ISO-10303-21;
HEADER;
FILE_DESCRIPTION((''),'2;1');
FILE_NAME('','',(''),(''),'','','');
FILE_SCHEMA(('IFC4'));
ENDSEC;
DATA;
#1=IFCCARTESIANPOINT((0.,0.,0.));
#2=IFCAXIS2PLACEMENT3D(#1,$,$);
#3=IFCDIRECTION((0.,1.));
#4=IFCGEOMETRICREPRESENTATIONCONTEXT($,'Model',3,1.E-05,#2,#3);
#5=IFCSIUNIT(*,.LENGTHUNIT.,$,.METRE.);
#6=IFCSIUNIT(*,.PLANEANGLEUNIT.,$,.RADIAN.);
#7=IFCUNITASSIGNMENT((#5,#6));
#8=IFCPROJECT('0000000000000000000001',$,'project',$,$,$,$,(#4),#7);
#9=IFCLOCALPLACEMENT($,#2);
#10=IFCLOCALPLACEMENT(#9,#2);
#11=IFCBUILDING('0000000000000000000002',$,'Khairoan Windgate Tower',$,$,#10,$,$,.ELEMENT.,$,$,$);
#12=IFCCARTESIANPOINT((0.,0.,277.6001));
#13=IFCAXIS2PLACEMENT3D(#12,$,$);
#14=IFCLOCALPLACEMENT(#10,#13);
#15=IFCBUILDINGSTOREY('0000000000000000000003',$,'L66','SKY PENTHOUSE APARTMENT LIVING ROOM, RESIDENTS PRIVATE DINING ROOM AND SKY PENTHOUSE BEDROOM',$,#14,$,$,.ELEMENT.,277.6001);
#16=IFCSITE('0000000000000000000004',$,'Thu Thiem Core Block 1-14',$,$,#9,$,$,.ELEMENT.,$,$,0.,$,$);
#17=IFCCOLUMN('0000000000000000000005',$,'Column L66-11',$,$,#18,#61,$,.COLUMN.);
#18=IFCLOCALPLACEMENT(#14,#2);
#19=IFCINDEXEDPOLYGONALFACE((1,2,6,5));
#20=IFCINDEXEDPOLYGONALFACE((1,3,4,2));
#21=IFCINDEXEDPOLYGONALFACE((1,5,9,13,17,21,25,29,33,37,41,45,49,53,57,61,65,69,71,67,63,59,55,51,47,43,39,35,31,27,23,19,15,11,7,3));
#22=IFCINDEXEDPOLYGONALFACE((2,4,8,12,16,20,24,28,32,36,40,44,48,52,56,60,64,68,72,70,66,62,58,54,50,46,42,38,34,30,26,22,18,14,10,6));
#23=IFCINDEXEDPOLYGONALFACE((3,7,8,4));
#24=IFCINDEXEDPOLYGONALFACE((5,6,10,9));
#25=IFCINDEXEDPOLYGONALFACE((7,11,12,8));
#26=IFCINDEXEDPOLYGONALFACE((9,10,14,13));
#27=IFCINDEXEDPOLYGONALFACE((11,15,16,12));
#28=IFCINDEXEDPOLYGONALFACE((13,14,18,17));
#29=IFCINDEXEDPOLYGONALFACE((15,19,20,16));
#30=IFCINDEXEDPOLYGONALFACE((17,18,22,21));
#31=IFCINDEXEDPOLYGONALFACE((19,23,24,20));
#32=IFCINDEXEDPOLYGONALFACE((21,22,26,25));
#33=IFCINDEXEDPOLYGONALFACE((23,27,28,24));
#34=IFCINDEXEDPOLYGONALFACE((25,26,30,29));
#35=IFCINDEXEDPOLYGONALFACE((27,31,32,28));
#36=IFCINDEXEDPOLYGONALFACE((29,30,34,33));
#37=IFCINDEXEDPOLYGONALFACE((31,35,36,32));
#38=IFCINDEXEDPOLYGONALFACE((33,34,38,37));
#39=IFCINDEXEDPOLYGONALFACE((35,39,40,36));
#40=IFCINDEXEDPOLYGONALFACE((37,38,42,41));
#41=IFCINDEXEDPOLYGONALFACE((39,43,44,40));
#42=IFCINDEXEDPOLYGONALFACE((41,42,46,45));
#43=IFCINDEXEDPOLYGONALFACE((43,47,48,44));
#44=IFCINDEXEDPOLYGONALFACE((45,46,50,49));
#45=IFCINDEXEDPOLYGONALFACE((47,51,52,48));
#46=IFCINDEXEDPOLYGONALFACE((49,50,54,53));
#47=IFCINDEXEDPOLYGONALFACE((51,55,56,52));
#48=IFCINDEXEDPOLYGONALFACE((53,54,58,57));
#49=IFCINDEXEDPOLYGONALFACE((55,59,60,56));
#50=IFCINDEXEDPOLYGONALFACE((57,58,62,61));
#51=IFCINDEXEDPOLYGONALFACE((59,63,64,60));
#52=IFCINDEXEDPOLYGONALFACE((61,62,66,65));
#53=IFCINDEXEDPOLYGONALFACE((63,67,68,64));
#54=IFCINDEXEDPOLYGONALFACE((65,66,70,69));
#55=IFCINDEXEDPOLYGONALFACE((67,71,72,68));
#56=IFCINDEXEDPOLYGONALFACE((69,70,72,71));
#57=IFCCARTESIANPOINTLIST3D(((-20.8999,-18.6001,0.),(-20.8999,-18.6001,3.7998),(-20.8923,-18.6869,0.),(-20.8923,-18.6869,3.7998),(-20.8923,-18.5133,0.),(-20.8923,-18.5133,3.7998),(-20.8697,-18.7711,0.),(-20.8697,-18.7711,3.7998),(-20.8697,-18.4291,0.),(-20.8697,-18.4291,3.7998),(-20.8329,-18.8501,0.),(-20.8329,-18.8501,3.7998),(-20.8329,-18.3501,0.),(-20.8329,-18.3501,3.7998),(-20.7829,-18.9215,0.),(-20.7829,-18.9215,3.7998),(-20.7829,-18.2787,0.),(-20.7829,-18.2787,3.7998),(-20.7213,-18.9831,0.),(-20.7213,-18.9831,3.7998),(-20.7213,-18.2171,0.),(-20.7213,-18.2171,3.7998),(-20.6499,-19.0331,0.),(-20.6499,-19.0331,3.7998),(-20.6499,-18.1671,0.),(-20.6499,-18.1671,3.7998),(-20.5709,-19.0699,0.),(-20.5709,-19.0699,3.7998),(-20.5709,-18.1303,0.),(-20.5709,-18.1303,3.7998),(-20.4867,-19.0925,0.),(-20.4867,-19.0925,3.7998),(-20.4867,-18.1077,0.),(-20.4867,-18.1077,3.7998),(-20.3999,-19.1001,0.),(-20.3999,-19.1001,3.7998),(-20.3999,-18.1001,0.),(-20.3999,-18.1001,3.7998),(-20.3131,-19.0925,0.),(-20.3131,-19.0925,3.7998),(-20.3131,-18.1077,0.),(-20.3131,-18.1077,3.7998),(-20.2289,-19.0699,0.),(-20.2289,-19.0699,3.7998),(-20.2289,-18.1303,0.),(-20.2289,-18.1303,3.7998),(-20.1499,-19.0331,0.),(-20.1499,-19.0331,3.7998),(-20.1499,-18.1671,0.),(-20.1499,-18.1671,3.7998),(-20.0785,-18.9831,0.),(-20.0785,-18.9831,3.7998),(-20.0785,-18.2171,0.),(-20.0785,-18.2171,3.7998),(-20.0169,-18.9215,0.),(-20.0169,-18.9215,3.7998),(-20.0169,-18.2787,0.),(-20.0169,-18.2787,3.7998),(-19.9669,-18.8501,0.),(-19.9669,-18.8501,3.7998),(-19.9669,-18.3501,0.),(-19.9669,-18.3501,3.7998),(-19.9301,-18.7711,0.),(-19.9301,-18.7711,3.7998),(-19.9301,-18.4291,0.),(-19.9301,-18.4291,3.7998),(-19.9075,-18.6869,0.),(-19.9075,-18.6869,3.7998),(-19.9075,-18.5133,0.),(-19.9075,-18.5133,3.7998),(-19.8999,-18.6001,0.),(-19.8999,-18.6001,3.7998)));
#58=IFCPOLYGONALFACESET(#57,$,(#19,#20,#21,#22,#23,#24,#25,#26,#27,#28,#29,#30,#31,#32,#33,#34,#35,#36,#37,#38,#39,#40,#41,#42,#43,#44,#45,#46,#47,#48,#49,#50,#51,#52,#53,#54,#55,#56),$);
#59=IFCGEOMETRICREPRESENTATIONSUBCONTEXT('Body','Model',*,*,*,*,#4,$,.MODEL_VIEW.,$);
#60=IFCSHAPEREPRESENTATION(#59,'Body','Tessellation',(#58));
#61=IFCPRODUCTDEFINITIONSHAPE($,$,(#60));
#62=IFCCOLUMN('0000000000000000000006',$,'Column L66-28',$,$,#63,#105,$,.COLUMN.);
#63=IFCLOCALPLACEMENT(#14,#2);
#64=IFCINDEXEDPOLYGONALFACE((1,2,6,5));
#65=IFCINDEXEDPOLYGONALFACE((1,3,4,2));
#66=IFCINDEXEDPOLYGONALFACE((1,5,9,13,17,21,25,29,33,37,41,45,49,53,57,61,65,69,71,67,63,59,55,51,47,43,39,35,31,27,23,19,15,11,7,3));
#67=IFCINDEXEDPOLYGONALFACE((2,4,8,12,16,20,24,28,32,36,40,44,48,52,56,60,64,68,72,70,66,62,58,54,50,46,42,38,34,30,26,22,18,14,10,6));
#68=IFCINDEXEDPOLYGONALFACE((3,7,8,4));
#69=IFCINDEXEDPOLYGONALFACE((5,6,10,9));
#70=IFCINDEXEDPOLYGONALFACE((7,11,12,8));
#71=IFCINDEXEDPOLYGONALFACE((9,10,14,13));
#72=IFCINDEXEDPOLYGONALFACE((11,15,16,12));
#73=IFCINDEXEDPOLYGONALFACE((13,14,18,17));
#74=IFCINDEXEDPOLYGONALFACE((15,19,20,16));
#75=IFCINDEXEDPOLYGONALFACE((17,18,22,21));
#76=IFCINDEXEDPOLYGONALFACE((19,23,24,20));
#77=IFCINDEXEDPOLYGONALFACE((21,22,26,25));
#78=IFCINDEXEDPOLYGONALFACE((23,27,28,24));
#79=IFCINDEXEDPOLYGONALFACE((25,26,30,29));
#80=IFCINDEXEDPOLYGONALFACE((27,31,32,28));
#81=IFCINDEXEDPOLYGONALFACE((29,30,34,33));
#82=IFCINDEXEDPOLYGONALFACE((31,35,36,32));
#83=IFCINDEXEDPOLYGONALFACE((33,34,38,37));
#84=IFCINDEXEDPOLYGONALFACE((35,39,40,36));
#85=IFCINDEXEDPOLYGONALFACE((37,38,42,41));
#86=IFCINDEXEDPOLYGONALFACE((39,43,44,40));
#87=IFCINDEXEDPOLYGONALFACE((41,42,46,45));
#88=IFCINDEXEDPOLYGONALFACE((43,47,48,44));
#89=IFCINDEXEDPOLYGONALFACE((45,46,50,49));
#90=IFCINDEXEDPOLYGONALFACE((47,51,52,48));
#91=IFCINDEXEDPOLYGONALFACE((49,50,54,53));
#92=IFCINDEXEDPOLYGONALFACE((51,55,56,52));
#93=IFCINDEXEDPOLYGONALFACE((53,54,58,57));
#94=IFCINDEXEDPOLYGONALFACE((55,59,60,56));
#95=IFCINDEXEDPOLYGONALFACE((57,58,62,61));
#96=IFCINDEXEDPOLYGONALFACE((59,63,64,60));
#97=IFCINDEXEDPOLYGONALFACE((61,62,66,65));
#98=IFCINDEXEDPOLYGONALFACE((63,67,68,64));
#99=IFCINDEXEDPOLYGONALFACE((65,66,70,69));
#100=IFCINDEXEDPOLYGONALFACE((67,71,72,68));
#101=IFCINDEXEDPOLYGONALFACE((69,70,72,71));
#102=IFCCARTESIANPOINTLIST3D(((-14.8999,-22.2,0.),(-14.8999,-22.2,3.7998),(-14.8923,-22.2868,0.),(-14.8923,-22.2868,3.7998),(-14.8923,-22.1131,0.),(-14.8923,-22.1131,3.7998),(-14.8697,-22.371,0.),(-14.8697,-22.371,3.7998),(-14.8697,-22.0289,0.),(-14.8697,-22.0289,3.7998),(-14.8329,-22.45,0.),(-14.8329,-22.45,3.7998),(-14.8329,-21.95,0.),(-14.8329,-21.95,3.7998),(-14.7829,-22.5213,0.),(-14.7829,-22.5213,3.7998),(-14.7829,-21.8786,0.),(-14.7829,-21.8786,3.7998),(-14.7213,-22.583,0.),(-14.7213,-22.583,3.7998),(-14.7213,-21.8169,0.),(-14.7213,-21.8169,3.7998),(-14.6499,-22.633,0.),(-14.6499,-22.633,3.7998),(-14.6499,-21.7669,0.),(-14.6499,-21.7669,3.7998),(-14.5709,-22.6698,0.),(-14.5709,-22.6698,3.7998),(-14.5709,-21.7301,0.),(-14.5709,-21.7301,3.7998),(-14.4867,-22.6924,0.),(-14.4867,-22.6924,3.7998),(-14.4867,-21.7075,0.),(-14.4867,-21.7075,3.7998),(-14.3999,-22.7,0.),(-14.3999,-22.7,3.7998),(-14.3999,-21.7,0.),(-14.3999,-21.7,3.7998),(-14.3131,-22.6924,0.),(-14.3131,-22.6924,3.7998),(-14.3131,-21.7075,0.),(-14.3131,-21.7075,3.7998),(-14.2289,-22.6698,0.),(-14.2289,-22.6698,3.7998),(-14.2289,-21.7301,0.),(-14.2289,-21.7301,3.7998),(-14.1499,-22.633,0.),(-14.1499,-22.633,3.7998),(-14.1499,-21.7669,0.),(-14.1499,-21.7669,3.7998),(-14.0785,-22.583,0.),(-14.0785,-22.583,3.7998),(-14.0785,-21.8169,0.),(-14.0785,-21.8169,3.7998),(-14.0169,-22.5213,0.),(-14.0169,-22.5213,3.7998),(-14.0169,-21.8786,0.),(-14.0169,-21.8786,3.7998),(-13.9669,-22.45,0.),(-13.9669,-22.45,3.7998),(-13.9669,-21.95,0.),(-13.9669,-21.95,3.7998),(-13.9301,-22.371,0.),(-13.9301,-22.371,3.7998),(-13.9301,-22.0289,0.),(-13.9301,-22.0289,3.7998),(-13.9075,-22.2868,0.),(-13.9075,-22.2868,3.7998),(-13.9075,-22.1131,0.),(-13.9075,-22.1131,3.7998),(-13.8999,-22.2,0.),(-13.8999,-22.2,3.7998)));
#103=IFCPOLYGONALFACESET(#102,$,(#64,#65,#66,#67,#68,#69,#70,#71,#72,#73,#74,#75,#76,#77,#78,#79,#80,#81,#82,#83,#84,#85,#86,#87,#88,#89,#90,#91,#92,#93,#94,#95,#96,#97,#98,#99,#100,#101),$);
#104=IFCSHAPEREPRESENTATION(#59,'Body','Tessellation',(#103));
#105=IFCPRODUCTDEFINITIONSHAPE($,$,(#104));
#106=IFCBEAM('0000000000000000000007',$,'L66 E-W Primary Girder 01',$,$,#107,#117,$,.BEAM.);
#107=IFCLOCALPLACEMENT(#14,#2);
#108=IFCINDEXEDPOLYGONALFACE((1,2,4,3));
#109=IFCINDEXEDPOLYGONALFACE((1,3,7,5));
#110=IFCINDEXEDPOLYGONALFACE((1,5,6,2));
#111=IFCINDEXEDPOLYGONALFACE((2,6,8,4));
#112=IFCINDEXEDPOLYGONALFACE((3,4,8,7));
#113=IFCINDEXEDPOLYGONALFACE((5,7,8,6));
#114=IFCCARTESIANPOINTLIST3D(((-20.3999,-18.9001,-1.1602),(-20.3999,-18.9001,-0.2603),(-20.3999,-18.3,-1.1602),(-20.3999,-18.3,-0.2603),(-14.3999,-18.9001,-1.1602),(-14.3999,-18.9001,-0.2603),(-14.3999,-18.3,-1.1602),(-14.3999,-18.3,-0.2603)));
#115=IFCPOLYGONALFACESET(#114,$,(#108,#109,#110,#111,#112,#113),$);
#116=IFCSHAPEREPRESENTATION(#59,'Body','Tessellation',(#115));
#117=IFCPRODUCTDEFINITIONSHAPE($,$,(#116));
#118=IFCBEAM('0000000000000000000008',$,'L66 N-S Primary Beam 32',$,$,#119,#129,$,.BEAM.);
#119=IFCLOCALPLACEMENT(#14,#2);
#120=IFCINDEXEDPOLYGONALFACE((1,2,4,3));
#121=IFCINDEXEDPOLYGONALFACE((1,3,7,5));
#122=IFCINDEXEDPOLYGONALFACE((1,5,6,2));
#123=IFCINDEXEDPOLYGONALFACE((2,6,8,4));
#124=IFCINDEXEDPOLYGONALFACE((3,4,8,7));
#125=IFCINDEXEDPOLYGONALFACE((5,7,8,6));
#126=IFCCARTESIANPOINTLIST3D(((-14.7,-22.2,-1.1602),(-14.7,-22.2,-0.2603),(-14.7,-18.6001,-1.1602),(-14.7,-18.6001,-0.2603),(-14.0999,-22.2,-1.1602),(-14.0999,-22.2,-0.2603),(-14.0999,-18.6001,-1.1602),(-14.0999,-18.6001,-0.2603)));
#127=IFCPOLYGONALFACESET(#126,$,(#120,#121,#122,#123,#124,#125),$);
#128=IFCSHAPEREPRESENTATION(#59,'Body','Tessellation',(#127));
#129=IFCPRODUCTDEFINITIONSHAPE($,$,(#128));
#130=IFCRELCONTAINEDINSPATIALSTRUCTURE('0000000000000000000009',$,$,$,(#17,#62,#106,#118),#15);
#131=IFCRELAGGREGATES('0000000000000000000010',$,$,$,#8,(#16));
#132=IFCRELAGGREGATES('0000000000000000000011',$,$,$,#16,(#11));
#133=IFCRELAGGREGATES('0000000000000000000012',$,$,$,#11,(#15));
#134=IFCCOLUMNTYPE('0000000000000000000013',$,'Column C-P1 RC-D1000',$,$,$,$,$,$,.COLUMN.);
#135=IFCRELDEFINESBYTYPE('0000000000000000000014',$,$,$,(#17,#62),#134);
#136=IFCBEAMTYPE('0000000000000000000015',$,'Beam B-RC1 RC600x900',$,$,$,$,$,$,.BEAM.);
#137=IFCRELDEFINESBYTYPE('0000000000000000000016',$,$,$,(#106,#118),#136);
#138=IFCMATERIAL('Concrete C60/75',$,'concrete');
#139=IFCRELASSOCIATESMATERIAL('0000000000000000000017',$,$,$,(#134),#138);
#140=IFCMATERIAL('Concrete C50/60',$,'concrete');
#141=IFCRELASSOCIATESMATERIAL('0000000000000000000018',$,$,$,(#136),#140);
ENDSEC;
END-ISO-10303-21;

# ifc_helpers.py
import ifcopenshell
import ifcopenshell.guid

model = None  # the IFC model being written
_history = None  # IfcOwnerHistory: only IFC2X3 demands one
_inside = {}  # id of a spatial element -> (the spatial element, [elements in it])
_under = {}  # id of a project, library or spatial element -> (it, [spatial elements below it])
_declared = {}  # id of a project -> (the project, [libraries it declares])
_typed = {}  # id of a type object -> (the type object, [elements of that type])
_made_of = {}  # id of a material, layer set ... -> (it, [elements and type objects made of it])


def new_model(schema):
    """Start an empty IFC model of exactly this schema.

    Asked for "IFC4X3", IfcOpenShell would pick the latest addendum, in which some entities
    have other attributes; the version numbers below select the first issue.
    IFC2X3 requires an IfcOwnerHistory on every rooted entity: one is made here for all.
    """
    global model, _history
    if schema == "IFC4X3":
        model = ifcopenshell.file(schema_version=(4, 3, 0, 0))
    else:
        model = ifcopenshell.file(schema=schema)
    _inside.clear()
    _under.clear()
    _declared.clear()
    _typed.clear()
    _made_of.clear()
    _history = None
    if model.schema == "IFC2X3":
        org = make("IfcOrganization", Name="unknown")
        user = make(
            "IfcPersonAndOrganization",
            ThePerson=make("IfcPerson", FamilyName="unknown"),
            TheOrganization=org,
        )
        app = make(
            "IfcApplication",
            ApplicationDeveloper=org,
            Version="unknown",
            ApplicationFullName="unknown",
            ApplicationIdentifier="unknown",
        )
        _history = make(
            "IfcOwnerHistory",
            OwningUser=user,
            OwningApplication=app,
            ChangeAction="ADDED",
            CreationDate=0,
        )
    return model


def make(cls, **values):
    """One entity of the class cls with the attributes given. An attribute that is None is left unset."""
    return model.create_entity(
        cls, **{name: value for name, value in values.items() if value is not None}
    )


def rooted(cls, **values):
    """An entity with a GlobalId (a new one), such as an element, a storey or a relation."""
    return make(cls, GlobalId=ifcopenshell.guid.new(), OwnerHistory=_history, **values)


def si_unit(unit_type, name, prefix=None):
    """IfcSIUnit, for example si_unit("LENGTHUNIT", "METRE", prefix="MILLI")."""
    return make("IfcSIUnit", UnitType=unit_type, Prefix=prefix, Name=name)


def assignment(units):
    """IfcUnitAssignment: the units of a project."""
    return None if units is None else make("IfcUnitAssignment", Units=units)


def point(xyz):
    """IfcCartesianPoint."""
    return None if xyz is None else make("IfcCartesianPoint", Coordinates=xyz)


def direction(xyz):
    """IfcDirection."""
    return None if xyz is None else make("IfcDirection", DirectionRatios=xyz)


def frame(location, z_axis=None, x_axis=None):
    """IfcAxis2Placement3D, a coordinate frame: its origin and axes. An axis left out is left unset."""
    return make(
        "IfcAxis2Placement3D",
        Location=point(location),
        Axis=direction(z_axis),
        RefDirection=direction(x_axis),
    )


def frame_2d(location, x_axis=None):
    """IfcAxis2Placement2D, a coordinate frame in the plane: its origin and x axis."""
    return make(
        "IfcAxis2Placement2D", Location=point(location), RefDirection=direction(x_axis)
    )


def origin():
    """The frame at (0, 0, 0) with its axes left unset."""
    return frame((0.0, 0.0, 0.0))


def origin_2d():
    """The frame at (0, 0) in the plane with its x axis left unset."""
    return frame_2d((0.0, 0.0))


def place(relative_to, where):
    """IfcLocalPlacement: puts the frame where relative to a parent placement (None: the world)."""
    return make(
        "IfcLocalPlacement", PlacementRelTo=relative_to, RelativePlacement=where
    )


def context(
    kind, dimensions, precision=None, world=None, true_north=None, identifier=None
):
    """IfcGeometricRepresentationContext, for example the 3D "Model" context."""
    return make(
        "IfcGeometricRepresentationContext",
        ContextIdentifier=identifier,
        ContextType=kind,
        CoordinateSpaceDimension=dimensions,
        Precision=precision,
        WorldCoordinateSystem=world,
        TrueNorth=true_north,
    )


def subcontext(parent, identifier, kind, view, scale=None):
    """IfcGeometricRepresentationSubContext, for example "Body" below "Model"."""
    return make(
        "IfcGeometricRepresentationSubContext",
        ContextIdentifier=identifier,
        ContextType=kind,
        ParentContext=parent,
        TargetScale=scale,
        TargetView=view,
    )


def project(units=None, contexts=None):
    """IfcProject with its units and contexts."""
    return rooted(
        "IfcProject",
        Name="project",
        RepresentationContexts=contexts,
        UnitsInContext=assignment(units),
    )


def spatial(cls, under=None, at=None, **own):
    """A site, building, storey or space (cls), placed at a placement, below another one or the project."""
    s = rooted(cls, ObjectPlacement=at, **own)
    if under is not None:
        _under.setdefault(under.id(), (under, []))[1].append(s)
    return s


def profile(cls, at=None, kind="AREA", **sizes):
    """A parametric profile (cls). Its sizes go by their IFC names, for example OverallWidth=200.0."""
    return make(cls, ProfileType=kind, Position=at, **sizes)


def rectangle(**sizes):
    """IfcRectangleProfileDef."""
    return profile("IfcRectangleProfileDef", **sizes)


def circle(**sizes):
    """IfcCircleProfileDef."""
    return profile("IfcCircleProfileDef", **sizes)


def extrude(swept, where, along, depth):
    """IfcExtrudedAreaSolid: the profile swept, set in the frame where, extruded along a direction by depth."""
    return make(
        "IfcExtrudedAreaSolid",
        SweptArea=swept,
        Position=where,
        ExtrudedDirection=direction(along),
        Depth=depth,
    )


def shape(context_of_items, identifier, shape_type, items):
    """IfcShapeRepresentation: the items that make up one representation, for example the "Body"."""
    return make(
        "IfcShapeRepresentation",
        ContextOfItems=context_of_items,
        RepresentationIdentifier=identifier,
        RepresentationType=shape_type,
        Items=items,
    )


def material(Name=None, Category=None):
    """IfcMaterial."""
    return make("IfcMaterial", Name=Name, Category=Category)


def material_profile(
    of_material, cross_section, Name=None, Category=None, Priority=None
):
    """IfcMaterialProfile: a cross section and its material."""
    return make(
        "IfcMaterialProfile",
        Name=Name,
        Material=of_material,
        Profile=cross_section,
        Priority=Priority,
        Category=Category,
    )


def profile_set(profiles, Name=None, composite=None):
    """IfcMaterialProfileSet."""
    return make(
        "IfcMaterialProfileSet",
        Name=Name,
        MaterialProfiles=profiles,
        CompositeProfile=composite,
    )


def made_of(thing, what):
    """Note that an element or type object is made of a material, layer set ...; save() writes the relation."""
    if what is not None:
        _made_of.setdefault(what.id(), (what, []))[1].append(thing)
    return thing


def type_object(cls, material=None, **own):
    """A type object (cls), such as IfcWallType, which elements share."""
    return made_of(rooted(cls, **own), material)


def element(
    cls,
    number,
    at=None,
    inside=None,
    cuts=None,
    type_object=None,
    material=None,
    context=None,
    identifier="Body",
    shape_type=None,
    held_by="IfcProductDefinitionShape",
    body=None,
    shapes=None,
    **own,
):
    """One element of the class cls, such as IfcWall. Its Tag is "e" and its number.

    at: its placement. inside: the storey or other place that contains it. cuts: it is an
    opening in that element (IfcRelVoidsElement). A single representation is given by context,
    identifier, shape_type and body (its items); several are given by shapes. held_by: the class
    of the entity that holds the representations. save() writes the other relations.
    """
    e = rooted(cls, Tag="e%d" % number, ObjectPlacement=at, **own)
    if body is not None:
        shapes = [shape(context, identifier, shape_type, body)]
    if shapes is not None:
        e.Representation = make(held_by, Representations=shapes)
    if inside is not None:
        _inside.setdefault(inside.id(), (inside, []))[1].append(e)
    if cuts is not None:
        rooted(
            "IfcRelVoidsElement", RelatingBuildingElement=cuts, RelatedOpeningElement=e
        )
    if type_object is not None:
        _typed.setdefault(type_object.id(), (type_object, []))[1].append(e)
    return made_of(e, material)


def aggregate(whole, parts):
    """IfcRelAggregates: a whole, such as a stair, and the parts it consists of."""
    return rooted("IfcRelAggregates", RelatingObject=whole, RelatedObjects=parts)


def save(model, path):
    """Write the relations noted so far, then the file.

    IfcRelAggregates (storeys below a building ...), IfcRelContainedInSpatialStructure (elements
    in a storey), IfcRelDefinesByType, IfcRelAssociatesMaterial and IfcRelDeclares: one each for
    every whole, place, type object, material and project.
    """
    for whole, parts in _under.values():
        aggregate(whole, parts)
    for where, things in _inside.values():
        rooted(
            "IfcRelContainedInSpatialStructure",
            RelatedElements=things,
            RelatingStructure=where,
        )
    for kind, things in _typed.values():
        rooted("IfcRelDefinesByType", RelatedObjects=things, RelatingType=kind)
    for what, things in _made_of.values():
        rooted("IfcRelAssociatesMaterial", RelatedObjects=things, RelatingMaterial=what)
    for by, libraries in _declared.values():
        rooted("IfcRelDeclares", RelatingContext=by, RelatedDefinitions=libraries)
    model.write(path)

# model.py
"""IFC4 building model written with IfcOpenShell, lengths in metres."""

from ifc_helpers import new_model, si_unit, direction, frame, origin, origin_2d, place, context, subcontext, project, spatial, rectangle, circle, extrude, material, material_profile, profile_set, type_object, element, save


model = new_model("IFC4")

# Units and contexts
model_context = context("Model", 3, precision=1e-05, world=origin(), true_north=direction((0.0, 1.0)))
body_context = subcontext(model_context, "Body", "Model", "MODEL_VIEW")
ifc_project = project(units=[si_unit("LENGTHUNIT", "METRE"), si_unit("PLANEANGLEUNIT", "RADIAN")], contexts=[model_context])

# Site, building, storey
site_placement = place(None, origin())
site = spatial("IfcSite", under=ifc_project, at=site_placement, Name="Thu Thiem Core Block 1-14", CompositionType="ELEMENT", RefElevation=0.0)
building_placement = place(site_placement, origin())
building = spatial("IfcBuilding", under=site, at=building_placement, Name="Khairoan Windgate Tower", CompositionType="ELEMENT")
storey_placement = place(building_placement, frame((0.0, 0.0, 277.6001)))
storey = spatial("IfcBuildingStorey", under=building, at=storey_placement, Name="L66", Description="SKY PENTHOUSE APARTMENT LIVING ROOM, RESIDENTS PRIVATE DINING ROOM AND SKY PENTHOUSE BEDROOM", CompositionType="ELEMENT", Elevation=277.6001)

# Columns
ifc_material_1 = material(Name="Concrete C60/75", Category="concrete")
ifc_material_profile_1 = material_profile(ifc_material_1, circle(Radius=0.5, at=origin_2d()))
ifc_profile_set_1 = profile_set([ifc_material_profile_1], Name="Concrete C60/75")
column_type = type_object("IfcColumnType", Name="Column C-P1 RC-D1000", PredefinedType="COLUMN", material=ifc_profile_set_1)
for number, where, z_axis, x_axis, name in (
    (1, (-20.3999, -18.6001, 0.0), (0.0, 0.0, 1.0), (1.0, 0.0, 0.0), "Column L66-11"),
    (2, (-14.3999, -22.2, 0.0), (0.0, 0.0, 1.0), (1.0, 0.0, 0.0), "Column L66-28"),
):
    element("IfcColumn", number, at=place(storey_placement, frame(where, z_axis=z_axis, x_axis=x_axis)), inside=storey, type_object=column_type, Name=name, PredefinedType="COLUMN", context=body_context, shape_type="SweptSolid", body=[
        extrude(circle(Radius=0.5, at=origin_2d()), origin(), (0.0, 0.0, 1.0), 3.7998),
    ])

# Beams
ifc_material_2 = material(Name="Concrete C50/60", Category="concrete")
ifc_material_profile_2 = material_profile(ifc_material_2, rectangle(XDim=0.6001, YDim=0.8999, at=origin_2d()))
ifc_profile_set_2 = profile_set([ifc_material_profile_2], Name="Concrete C50/60")
beam_type = type_object("IfcBeamType", Name="Beam B-RC1 RC600x900", PredefinedType="BEAM", material=ifc_profile_set_2)
beam_1_placement = place(storey_placement, frame((-20.3999, -18.6001, -0.7102), z_axis=(1.0, 0.0, 0.0), x_axis=(0.0, 1.0, 0.0)))
element("IfcBeam", 3, at=beam_1_placement, inside=storey, type_object=beam_type, Name="L66 E-W Primary Girder 01", PredefinedType="BEAM", context=body_context, shape_type="SweptSolid", body=[
    extrude(rectangle(XDim=0.6001, YDim=0.8999, at=origin_2d()), origin(), (0.0, 0.0, 1.0), 6.0),
])
beam_2_placement = place(storey_placement, frame((-14.3999, -22.2, -0.7102), z_axis=(0.0, 1.0, 0.0), x_axis=(-1.0, 0.0, 0.0)))
element("IfcBeam", 4, at=beam_2_placement, inside=storey, type_object=beam_type, Name="L66 N-S Primary Beam 32", PredefinedType="BEAM", context=body_context, shape_type="SweptSolid", body=[
    extrude(rectangle(XDim=0.6001, YDim=0.8999, at=origin_2d()), origin(), (0.0, 0.0, 1.0), 3.5999),
])

save(model, "model.ifc")
